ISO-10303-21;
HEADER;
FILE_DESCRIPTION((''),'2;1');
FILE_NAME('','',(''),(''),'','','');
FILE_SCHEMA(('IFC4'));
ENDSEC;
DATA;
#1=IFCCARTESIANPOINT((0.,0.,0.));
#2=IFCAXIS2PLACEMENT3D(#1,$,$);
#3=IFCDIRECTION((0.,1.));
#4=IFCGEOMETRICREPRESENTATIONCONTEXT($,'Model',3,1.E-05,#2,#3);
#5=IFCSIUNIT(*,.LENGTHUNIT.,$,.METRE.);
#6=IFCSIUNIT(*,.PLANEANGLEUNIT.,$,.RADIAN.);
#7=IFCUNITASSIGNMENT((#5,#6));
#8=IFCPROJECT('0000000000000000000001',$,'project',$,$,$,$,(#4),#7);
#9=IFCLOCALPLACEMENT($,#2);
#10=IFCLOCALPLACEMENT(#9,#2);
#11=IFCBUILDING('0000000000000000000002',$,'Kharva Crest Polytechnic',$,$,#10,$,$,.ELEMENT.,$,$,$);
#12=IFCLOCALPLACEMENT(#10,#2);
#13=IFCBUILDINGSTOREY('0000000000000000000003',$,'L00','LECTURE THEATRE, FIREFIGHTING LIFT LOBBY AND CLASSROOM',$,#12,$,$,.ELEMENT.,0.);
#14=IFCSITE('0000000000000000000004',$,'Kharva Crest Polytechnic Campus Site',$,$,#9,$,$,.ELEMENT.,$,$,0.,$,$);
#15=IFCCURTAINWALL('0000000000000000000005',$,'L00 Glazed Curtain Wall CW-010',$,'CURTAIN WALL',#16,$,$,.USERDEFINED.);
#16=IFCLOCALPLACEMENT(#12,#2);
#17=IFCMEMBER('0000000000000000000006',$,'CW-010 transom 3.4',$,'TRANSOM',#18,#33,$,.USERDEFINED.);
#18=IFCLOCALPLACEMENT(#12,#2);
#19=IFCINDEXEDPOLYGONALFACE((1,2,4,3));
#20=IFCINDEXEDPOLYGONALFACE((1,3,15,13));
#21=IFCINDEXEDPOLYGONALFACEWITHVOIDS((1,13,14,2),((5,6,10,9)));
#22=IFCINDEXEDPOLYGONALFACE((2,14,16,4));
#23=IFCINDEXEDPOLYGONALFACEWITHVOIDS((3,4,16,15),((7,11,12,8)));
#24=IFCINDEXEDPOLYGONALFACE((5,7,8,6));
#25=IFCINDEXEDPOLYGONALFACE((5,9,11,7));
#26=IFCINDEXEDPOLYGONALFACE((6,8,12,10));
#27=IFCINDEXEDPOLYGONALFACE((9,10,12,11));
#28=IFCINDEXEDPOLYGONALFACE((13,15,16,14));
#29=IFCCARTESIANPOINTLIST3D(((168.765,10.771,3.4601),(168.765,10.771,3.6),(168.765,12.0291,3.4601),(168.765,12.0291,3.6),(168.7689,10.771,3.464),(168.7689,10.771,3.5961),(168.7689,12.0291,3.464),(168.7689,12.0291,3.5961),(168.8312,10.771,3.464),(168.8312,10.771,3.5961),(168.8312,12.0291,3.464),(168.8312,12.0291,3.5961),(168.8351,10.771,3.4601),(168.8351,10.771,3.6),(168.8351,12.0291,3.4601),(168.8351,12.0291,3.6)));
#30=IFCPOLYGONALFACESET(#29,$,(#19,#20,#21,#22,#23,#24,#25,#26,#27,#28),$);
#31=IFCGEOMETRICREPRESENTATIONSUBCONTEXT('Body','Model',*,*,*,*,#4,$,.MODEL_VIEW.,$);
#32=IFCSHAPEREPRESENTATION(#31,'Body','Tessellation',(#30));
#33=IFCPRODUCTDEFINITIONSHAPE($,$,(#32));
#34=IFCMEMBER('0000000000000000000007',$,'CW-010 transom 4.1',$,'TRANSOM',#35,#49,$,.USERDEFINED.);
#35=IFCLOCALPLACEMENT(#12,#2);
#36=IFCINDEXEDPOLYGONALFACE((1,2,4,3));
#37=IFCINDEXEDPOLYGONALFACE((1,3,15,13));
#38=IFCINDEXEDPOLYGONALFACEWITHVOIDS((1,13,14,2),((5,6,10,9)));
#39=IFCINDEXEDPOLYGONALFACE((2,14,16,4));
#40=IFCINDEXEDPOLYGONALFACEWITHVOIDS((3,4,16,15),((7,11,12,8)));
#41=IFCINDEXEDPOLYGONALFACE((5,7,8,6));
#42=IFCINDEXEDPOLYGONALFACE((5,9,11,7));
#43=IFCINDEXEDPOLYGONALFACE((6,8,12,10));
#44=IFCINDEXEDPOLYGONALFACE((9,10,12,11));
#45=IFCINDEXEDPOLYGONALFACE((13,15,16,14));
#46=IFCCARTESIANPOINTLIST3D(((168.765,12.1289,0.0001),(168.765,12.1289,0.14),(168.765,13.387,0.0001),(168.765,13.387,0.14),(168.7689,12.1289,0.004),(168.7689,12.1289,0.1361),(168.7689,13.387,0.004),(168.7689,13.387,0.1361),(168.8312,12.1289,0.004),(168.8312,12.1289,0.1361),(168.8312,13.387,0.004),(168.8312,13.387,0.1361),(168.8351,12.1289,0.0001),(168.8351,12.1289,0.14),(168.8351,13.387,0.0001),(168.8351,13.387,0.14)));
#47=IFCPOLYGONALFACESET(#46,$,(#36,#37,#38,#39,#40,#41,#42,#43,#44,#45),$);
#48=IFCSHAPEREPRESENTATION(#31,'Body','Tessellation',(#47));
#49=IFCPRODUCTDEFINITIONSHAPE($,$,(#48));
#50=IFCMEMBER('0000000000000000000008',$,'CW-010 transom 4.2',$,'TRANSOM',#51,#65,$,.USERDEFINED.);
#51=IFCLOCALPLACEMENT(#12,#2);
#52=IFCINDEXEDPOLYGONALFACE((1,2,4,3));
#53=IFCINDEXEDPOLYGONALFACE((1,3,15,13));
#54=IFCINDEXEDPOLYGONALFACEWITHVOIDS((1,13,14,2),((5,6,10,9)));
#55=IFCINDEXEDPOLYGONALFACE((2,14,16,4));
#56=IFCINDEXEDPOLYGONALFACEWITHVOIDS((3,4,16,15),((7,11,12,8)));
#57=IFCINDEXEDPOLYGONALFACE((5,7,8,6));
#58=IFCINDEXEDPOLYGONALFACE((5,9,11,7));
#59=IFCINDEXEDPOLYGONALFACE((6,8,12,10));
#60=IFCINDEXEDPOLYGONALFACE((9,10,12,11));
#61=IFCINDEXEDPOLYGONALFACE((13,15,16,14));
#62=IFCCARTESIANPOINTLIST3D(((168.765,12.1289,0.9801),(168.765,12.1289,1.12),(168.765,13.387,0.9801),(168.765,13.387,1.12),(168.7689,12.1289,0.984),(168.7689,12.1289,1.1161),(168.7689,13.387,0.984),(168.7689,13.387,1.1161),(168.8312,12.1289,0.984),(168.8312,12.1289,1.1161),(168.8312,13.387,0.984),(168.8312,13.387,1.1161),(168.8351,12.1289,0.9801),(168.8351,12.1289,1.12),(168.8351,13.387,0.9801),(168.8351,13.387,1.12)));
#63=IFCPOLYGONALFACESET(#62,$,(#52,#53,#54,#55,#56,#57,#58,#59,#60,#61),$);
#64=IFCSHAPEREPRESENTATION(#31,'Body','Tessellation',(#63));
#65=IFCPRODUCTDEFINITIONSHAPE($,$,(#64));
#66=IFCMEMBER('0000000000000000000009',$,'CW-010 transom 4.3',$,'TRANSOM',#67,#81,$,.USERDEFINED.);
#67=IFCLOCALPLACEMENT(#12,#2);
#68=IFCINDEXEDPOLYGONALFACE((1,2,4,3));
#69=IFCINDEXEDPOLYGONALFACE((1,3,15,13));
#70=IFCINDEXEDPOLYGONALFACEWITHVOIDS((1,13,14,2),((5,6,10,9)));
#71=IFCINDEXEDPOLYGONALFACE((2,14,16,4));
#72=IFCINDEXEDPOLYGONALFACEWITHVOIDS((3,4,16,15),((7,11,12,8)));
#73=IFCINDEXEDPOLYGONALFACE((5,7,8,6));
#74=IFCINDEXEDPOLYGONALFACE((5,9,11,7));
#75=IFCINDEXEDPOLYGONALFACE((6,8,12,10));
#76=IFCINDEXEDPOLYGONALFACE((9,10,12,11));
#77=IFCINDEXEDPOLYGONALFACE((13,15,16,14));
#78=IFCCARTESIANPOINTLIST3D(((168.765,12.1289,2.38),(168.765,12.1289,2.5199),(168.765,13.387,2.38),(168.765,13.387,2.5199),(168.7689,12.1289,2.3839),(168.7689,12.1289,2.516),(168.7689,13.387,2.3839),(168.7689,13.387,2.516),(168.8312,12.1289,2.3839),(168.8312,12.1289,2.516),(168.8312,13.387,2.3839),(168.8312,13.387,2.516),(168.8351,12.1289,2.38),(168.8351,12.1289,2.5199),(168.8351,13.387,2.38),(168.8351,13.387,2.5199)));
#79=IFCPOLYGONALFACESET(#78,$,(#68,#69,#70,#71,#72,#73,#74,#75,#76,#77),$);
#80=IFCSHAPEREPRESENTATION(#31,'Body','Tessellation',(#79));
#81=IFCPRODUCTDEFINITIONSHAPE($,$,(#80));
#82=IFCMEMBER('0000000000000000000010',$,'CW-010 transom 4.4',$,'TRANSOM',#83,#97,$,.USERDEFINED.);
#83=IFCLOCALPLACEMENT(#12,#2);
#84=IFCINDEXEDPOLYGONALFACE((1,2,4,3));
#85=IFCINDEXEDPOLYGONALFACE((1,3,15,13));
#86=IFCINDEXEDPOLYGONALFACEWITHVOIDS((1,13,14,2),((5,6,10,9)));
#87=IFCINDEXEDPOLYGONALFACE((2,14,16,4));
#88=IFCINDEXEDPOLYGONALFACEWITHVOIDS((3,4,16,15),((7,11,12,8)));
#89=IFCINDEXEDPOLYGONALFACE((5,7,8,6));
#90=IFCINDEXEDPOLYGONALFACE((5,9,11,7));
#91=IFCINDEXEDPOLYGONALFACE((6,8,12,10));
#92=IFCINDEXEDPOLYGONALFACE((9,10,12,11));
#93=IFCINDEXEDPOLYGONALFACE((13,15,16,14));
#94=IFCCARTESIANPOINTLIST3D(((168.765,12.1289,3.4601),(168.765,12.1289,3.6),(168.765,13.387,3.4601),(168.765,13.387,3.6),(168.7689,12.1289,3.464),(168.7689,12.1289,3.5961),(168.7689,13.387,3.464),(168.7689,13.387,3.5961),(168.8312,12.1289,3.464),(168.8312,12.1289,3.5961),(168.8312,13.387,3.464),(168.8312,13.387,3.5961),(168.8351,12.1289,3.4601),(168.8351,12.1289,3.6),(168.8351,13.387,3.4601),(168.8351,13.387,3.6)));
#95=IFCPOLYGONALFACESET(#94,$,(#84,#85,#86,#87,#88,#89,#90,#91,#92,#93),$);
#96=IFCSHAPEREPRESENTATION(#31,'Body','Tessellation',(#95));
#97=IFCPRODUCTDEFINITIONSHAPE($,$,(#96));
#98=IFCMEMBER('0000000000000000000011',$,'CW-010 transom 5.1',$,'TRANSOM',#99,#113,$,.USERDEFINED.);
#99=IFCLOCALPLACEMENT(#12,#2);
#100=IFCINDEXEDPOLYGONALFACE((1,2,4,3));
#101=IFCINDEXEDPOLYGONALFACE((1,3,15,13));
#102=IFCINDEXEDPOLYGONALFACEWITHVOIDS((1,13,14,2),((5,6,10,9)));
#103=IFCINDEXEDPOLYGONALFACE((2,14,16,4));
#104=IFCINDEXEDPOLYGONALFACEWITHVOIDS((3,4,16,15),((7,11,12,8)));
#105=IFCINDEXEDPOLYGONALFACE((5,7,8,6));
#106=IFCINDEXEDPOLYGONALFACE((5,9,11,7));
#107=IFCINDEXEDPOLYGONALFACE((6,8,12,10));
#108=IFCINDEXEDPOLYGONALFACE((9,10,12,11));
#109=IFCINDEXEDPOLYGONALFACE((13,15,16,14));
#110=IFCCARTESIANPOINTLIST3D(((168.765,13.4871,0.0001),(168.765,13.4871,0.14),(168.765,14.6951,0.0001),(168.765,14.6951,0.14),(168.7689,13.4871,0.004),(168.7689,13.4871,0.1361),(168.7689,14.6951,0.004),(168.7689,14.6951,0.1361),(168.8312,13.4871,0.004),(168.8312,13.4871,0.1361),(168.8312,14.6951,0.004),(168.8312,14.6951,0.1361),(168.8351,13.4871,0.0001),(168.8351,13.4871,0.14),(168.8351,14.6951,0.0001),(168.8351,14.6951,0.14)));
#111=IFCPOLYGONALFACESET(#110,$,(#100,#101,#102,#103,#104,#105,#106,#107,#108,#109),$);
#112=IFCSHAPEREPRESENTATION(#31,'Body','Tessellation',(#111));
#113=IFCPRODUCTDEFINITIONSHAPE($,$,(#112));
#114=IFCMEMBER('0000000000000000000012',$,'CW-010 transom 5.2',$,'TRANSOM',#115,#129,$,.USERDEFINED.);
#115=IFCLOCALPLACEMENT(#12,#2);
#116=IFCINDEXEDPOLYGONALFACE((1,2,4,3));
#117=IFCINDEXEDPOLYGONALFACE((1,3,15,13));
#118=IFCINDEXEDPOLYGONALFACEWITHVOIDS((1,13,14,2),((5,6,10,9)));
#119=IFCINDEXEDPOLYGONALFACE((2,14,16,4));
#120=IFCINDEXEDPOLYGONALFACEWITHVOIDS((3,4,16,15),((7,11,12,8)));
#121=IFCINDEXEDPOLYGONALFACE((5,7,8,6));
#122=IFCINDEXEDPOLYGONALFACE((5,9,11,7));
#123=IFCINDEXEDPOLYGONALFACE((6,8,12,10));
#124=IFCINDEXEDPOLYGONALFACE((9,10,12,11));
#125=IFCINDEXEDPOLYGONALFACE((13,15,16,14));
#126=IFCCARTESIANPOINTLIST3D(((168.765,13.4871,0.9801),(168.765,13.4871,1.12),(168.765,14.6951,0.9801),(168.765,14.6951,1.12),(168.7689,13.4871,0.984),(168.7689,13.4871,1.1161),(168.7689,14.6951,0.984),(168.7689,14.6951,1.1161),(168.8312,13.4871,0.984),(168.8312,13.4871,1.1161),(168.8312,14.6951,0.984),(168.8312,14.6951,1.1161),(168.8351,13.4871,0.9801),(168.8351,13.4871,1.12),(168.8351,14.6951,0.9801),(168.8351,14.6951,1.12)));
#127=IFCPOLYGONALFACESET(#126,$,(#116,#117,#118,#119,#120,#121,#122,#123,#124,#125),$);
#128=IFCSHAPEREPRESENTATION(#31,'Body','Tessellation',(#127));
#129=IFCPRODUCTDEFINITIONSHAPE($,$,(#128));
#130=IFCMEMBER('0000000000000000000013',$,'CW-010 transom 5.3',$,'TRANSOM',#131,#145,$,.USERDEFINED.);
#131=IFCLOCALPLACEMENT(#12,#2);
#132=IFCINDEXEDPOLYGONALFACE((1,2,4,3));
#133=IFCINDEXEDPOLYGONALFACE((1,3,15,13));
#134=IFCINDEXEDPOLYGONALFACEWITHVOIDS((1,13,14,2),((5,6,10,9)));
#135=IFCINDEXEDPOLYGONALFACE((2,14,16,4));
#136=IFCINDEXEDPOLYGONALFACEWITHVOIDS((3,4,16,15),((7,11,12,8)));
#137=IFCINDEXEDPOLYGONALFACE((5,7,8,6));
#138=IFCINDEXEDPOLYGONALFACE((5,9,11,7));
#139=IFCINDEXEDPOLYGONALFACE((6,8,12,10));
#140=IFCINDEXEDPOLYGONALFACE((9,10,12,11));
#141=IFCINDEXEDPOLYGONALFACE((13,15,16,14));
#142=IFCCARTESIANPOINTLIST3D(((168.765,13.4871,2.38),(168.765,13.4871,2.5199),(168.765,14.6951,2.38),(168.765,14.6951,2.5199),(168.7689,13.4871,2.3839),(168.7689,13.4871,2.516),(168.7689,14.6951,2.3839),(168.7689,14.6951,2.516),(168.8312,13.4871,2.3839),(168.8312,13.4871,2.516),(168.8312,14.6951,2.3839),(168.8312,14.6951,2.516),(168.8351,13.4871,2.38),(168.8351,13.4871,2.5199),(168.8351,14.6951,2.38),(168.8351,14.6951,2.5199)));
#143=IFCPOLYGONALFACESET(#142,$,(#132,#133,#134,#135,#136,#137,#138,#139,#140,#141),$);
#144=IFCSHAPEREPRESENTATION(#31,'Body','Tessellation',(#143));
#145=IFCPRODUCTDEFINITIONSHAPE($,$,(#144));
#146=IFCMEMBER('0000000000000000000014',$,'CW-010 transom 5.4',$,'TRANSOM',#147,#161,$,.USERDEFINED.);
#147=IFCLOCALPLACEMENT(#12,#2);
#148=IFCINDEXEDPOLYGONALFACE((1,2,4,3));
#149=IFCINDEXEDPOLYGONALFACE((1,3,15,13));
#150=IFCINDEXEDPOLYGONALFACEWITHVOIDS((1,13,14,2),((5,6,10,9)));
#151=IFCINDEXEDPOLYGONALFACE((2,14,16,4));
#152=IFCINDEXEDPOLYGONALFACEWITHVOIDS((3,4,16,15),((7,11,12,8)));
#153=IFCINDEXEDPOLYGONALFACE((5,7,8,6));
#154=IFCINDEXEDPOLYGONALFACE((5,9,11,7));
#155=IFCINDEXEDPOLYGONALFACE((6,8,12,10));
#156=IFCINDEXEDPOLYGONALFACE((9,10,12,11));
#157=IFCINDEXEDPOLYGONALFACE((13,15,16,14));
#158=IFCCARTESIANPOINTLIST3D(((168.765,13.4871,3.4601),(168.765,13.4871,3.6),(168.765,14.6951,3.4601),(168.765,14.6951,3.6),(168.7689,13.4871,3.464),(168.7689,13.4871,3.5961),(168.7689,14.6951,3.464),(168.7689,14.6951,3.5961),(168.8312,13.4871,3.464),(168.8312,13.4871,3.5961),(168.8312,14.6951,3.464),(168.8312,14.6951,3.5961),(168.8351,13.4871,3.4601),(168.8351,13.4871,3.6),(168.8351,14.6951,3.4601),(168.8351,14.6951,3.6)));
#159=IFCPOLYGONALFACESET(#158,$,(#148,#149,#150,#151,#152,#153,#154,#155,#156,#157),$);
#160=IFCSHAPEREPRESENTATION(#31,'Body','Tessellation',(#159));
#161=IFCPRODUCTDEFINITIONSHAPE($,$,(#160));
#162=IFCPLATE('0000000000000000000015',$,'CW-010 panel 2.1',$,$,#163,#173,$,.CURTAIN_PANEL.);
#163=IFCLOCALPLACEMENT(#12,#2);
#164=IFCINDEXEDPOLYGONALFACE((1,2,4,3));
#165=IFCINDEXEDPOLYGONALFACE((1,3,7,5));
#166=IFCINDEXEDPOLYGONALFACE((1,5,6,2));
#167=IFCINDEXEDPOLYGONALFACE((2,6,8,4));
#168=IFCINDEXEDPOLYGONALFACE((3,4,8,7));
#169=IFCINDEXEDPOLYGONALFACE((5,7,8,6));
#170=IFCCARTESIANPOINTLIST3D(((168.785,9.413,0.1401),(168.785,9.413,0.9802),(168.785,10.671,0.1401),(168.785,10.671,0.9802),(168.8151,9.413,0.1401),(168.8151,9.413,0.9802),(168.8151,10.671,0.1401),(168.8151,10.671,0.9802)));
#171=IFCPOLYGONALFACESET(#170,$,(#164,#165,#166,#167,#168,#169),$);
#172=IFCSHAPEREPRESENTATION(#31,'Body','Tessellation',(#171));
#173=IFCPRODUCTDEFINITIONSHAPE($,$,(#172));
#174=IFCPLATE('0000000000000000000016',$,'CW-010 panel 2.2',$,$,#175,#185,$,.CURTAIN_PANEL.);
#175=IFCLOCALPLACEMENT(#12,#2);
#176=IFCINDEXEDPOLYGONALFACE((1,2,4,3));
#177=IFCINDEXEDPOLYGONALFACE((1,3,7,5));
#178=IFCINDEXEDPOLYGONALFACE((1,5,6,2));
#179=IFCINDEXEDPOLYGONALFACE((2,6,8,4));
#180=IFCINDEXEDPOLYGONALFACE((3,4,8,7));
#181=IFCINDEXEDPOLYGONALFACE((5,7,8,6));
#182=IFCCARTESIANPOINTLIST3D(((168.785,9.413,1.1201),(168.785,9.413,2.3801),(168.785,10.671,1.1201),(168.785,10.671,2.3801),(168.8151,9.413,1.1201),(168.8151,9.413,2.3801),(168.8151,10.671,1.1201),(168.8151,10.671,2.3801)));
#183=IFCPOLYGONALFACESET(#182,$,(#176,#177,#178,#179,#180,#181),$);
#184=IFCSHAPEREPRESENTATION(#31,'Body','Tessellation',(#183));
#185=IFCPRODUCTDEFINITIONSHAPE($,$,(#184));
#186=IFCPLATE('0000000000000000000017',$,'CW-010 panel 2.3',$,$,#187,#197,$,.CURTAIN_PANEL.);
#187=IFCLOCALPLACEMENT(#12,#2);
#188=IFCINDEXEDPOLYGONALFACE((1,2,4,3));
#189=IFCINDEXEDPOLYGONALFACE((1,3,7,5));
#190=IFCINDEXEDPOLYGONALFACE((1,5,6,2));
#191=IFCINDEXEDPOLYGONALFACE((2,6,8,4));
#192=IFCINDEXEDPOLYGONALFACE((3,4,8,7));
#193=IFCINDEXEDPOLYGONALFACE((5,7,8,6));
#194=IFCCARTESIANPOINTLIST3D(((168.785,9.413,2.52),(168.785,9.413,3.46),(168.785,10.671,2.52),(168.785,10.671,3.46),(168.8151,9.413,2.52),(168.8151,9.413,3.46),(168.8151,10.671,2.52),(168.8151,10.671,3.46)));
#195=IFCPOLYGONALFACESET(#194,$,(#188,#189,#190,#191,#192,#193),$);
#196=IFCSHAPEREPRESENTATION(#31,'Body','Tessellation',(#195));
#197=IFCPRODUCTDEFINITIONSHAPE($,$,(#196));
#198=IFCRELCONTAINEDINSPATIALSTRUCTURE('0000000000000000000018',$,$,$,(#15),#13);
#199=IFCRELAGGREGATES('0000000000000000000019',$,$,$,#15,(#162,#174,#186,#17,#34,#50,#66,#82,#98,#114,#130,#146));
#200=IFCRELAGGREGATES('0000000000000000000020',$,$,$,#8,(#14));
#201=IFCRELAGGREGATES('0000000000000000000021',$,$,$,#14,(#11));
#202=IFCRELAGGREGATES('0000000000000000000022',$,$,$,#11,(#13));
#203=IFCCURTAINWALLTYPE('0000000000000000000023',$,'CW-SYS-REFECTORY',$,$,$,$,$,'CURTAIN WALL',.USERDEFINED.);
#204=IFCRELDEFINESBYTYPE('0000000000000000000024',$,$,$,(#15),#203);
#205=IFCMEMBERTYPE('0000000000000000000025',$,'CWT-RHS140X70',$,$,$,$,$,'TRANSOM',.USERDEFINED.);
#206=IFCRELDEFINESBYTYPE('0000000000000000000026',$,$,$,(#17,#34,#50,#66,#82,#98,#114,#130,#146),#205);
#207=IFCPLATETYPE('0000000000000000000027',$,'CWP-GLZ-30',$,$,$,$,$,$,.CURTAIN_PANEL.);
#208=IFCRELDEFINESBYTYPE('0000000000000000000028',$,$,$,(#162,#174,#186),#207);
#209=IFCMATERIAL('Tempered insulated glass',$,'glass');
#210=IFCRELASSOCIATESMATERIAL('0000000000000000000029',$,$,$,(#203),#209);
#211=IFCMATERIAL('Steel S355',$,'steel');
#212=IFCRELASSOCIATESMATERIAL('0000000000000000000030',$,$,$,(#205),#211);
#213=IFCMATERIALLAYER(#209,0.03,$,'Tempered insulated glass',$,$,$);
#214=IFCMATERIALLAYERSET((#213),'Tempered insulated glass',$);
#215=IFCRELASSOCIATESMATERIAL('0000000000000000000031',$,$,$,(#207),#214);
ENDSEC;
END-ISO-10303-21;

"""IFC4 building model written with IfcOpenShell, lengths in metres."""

from ifc_helpers import new_model, si_unit, direction, frame, origin, origin_2d, place, context, subcontext, project, spatial, rectangle, hollow_rectangle, extrude, material, layer, layer_set, material_profile, profile_set, type_object, element, aggregate, save


model = new_model("IFC4")

# Units and contexts
model_context = context("Model", 3, precision=1e-05, world=origin(), true_north=direction((0.0, 1.0)))
body_context = subcontext(model_context, "Body", "Model", "MODEL_VIEW")
ifc_project = project(units=[si_unit("LENGTHUNIT", "METRE"), si_unit("PLANEANGLEUNIT", "RADIAN")], contexts=[model_context])

# Site, building, storey
site_placement = place(None, origin())
site = spatial("IfcSite", under=ifc_project, at=site_placement, Name="Kharva Crest Polytechnic Campus Site", CompositionType="ELEMENT", RefElevation=0.0)
building_placement = place(site_placement, origin())
building = spatial("IfcBuilding", under=site, at=building_placement, Name="Kharva Crest Polytechnic", CompositionType="ELEMENT")
storey_placement = place(building_placement, origin())
storey = spatial("IfcBuildingStorey", under=building, at=storey_placement, Name="L00", Description="LECTURE THEATRE, FIREFIGHTING LIFT LOBBY AND CLASSROOM", CompositionType="ELEMENT", Elevation=0.0)

# Curtain wall, members, plates
ifc_material_1 = material(Name="Tempered insulated glass", Category="glass")
curtain_wall_type = type_object("IfcCurtainWallType", Name="CW-SYS-REFECTORY", ElementType="CURTAIN WALL", PredefinedType="USERDEFINED", material=ifc_material_1)
curtain_wall_placement = place(storey_placement, origin())
curtain_wall = element("IfcCurtainWall", 1, at=curtain_wall_placement, inside=storey, type_object=curtain_wall_type, Name="L00 Glazed Curtain Wall CW-010", ObjectType="CURTAIN WALL", PredefinedType="USERDEFINED")
ifc_material_2 = material(Name="Steel S355", Category="steel")
ifc_material_profile_1 = material_profile(ifc_material_2, hollow_rectangle(XDim=0.0701, YDim=0.1399, WallThickness=0.0039, at=origin_2d()), Name="RHS 140X70X4.0")
ifc_profile_set_1 = profile_set([ifc_material_profile_1], Name="Steel S355")
member_type_1 = type_object("IfcMemberType", Name="CWT-RHS140X70", ElementType="TRANSOM", PredefinedType="USERDEFINED", material=ifc_profile_set_1)
member_1_placement = place(storey_placement, frame((168.8, 10.771, 3.53), z_axis=(0.0, 1.0, 0.0), x_axis=(-1.0, 0.0, 0.0)))
member_1 = element("IfcMember", 2, at=member_1_placement, type_object=member_type_1, Name="CW-010 transom 3.4", ObjectType="TRANSOM", PredefinedType="USERDEFINED", context=body_context, shape_type="SweptSolid", body=[
    extrude(hollow_rectangle(XDim=0.0701, YDim=0.1399, WallThickness=0.0039, at=origin_2d()), origin(), (0.0, 0.0, 1.0), 1.2581),
])
member_2_placement = place(storey_placement, frame((168.8, 12.1289, 0.0701), z_axis=(0.0, 1.0, 0.0), x_axis=(-1.0, 0.0, 0.0)))
member_2 = element("IfcMember", 3, at=member_2_placement, type_object=member_type_1, Name="CW-010 transom 4.1", ObjectType="TRANSOM", PredefinedType="USERDEFINED", context=body_context, shape_type="SweptSolid", body=[
    extrude(hollow_rectangle(XDim=0.0701, YDim=0.1399, WallThickness=0.0039, at=origin_2d()), origin(), (0.0, 0.0, 1.0), 1.2581),
])
member_3_placement = place(storey_placement, frame((168.8, 12.1289, 1.05), z_axis=(0.0, 1.0, 0.0), x_axis=(-1.0, 0.0, 0.0)))
member_3 = element("IfcMember", 4, at=member_3_placement, type_object=member_type_1, Name="CW-010 transom 4.2", ObjectType="TRANSOM", PredefinedType="USERDEFINED", context=body_context, shape_type="SweptSolid", body=[
    extrude(hollow_rectangle(XDim=0.0701, YDim=0.1399, WallThickness=0.0039, at=origin_2d()), origin(), (0.0, 0.0, 1.0), 1.2581),
])
member_4_placement = place(storey_placement, frame((168.8, 12.1289, 2.45), z_axis=(0.0, 1.0, 0.0), x_axis=(-1.0, 0.0, 0.0)))
member_4 = element("IfcMember", 5, at=member_4_placement, type_object=member_type_1, Name="CW-010 transom 4.3", ObjectType="TRANSOM", PredefinedType="USERDEFINED", context=body_context, shape_type="SweptSolid", body=[
    extrude(hollow_rectangle(XDim=0.0701, YDim=0.1399, WallThickness=0.0039, at=origin_2d()), origin(), (0.0, 0.0, 1.0), 1.2581),
])
member_5_placement = place(storey_placement, frame((168.8, 12.1289, 3.53), z_axis=(0.0, 1.0, 0.0), x_axis=(-1.0, 0.0, 0.0)))
member_5 = element("IfcMember", 6, at=member_5_placement, type_object=member_type_1, Name="CW-010 transom 4.4", ObjectType="TRANSOM", PredefinedType="USERDEFINED", context=body_context, shape_type="SweptSolid", body=[
    extrude(hollow_rectangle(XDim=0.0701, YDim=0.1399, WallThickness=0.0039, at=origin_2d()), origin(), (0.0, 0.0, 1.0), 1.2581),
])
member_6_placement = place(storey_placement, frame((168.8, 13.4871, 0.0701), z_axis=(0.0, 1.0, 0.0), x_axis=(-1.0, 0.0, 0.0)))
member_6 = element("IfcMember", 7, at=member_6_placement, type_object=member_type_1, Name="CW-010 transom 5.1", ObjectType="TRANSOM", PredefinedType="USERDEFINED", context=body_context, shape_type="SweptSolid", body=[
    extrude(hollow_rectangle(XDim=0.0701, YDim=0.1399, WallThickness=0.0039, at=origin_2d()), origin(), (0.0, 0.0, 1.0), 1.208),
])
member_7_placement = place(storey_placement, frame((168.8, 13.4871, 1.05), z_axis=(0.0, 1.0, 0.0), x_axis=(-1.0, 0.0, 0.0)))
member_7 = element("IfcMember", 8, at=member_7_placement, type_object=member_type_1, Name="CW-010 transom 5.2", ObjectType="TRANSOM", PredefinedType="USERDEFINED", context=body_context, shape_type="SweptSolid", body=[
    extrude(hollow_rectangle(XDim=0.0701, YDim=0.1399, WallThickness=0.0039, at=origin_2d()), origin(), (0.0, 0.0, 1.0), 1.208),
])
member_8_placement = place(storey_placement, frame((168.8, 13.4871, 2.45), z_axis=(0.0, 1.0, 0.0), x_axis=(-1.0, 0.0, 0.0)))
member_8 = element("IfcMember", 9, at=member_8_placement, type_object=member_type_1, Name="CW-010 transom 5.3", ObjectType="TRANSOM", PredefinedType="USERDEFINED", context=body_context, shape_type="SweptSolid", body=[
    extrude(hollow_rectangle(XDim=0.0701, YDim=0.1399, WallThickness=0.0039, at=origin_2d()), origin(), (0.0, 0.0, 1.0), 1.208),
])
member_9_placement = place(storey_placement, frame((168.8, 13.4871, 3.53), z_axis=(0.0, 1.0, 0.0), x_axis=(-1.0, 0.0, 0.0)))
member_9 = element("IfcMember", 10, at=member_9_placement, type_object=member_type_1, Name="CW-010 transom 5.4", ObjectType="TRANSOM", PredefinedType="USERDEFINED", context=body_context, shape_type="SweptSolid", body=[
    extrude(hollow_rectangle(XDim=0.0701, YDim=0.1399, WallThickness=0.0039, at=origin_2d()), origin(), (0.0, 0.0, 1.0), 1.208),
])
ifc_layer = layer(ifc_material_1, 0.03, Name="Tempered insulated glass")
ifc_layer_set = layer_set([ifc_layer], Name="Tempered insulated glass")
plate_type = type_object("IfcPlateType", Name="CWP-GLZ-30", PredefinedType="CURTAIN_PANEL", material=ifc_layer_set)
plate_1_placement = place(storey_placement, frame((168.8, 10.042, 0.1401), z_axis=(0.0, 0.0, 1.0), x_axis=(0.0, 1.0, 0.0)))
plate_1 = element("IfcPlate", 11, at=plate_1_placement, type_object=plate_type, Name="CW-010 panel 2.1", PredefinedType="CURTAIN_PANEL", context=body_context, shape_type="SweptSolid", body=[
    extrude(rectangle(XDim=1.2581, YDim=0.03, at=origin_2d()), origin(), (0.0, 0.0, 1.0), 0.8401),
])
plate_2_placement = place(storey_placement, frame((168.8, 10.042, 1.1201), z_axis=(0.0, 0.0, 1.0), x_axis=(0.0, 1.0, 0.0)))
plate_2 = element("IfcPlate", 12, at=plate_2_placement, type_object=plate_type, Name="CW-010 panel 2.2", PredefinedType="CURTAIN_PANEL", context=body_context, shape_type="SweptSolid", body=[
    extrude(rectangle(XDim=1.2581, YDim=0.03, at=origin_2d()), origin(), (0.0, 0.0, 1.0), 1.26),
])
plate_3_placement = place(storey_placement, frame((168.8, 10.042, 2.52), z_axis=(0.0, 0.0, 1.0), x_axis=(0.0, 1.0, 0.0)))
plate_3 = element("IfcPlate", 13, at=plate_3_placement, type_object=plate_type, Name="CW-010 panel 2.3", PredefinedType="CURTAIN_PANEL", context=body_context, shape_type="SweptSolid", body=[
    extrude(rectangle(XDim=1.2581, YDim=0.03, at=origin_2d()), origin(), (0.0, 0.0, 1.0), 0.9399),
])
aggregate(curtain_wall, [plate_1, plate_2, plate_3, member_1, member_2, member_3, member_4, member_5, member_6, member_7, member_8, member_9])

save(model, "model.ifc")
